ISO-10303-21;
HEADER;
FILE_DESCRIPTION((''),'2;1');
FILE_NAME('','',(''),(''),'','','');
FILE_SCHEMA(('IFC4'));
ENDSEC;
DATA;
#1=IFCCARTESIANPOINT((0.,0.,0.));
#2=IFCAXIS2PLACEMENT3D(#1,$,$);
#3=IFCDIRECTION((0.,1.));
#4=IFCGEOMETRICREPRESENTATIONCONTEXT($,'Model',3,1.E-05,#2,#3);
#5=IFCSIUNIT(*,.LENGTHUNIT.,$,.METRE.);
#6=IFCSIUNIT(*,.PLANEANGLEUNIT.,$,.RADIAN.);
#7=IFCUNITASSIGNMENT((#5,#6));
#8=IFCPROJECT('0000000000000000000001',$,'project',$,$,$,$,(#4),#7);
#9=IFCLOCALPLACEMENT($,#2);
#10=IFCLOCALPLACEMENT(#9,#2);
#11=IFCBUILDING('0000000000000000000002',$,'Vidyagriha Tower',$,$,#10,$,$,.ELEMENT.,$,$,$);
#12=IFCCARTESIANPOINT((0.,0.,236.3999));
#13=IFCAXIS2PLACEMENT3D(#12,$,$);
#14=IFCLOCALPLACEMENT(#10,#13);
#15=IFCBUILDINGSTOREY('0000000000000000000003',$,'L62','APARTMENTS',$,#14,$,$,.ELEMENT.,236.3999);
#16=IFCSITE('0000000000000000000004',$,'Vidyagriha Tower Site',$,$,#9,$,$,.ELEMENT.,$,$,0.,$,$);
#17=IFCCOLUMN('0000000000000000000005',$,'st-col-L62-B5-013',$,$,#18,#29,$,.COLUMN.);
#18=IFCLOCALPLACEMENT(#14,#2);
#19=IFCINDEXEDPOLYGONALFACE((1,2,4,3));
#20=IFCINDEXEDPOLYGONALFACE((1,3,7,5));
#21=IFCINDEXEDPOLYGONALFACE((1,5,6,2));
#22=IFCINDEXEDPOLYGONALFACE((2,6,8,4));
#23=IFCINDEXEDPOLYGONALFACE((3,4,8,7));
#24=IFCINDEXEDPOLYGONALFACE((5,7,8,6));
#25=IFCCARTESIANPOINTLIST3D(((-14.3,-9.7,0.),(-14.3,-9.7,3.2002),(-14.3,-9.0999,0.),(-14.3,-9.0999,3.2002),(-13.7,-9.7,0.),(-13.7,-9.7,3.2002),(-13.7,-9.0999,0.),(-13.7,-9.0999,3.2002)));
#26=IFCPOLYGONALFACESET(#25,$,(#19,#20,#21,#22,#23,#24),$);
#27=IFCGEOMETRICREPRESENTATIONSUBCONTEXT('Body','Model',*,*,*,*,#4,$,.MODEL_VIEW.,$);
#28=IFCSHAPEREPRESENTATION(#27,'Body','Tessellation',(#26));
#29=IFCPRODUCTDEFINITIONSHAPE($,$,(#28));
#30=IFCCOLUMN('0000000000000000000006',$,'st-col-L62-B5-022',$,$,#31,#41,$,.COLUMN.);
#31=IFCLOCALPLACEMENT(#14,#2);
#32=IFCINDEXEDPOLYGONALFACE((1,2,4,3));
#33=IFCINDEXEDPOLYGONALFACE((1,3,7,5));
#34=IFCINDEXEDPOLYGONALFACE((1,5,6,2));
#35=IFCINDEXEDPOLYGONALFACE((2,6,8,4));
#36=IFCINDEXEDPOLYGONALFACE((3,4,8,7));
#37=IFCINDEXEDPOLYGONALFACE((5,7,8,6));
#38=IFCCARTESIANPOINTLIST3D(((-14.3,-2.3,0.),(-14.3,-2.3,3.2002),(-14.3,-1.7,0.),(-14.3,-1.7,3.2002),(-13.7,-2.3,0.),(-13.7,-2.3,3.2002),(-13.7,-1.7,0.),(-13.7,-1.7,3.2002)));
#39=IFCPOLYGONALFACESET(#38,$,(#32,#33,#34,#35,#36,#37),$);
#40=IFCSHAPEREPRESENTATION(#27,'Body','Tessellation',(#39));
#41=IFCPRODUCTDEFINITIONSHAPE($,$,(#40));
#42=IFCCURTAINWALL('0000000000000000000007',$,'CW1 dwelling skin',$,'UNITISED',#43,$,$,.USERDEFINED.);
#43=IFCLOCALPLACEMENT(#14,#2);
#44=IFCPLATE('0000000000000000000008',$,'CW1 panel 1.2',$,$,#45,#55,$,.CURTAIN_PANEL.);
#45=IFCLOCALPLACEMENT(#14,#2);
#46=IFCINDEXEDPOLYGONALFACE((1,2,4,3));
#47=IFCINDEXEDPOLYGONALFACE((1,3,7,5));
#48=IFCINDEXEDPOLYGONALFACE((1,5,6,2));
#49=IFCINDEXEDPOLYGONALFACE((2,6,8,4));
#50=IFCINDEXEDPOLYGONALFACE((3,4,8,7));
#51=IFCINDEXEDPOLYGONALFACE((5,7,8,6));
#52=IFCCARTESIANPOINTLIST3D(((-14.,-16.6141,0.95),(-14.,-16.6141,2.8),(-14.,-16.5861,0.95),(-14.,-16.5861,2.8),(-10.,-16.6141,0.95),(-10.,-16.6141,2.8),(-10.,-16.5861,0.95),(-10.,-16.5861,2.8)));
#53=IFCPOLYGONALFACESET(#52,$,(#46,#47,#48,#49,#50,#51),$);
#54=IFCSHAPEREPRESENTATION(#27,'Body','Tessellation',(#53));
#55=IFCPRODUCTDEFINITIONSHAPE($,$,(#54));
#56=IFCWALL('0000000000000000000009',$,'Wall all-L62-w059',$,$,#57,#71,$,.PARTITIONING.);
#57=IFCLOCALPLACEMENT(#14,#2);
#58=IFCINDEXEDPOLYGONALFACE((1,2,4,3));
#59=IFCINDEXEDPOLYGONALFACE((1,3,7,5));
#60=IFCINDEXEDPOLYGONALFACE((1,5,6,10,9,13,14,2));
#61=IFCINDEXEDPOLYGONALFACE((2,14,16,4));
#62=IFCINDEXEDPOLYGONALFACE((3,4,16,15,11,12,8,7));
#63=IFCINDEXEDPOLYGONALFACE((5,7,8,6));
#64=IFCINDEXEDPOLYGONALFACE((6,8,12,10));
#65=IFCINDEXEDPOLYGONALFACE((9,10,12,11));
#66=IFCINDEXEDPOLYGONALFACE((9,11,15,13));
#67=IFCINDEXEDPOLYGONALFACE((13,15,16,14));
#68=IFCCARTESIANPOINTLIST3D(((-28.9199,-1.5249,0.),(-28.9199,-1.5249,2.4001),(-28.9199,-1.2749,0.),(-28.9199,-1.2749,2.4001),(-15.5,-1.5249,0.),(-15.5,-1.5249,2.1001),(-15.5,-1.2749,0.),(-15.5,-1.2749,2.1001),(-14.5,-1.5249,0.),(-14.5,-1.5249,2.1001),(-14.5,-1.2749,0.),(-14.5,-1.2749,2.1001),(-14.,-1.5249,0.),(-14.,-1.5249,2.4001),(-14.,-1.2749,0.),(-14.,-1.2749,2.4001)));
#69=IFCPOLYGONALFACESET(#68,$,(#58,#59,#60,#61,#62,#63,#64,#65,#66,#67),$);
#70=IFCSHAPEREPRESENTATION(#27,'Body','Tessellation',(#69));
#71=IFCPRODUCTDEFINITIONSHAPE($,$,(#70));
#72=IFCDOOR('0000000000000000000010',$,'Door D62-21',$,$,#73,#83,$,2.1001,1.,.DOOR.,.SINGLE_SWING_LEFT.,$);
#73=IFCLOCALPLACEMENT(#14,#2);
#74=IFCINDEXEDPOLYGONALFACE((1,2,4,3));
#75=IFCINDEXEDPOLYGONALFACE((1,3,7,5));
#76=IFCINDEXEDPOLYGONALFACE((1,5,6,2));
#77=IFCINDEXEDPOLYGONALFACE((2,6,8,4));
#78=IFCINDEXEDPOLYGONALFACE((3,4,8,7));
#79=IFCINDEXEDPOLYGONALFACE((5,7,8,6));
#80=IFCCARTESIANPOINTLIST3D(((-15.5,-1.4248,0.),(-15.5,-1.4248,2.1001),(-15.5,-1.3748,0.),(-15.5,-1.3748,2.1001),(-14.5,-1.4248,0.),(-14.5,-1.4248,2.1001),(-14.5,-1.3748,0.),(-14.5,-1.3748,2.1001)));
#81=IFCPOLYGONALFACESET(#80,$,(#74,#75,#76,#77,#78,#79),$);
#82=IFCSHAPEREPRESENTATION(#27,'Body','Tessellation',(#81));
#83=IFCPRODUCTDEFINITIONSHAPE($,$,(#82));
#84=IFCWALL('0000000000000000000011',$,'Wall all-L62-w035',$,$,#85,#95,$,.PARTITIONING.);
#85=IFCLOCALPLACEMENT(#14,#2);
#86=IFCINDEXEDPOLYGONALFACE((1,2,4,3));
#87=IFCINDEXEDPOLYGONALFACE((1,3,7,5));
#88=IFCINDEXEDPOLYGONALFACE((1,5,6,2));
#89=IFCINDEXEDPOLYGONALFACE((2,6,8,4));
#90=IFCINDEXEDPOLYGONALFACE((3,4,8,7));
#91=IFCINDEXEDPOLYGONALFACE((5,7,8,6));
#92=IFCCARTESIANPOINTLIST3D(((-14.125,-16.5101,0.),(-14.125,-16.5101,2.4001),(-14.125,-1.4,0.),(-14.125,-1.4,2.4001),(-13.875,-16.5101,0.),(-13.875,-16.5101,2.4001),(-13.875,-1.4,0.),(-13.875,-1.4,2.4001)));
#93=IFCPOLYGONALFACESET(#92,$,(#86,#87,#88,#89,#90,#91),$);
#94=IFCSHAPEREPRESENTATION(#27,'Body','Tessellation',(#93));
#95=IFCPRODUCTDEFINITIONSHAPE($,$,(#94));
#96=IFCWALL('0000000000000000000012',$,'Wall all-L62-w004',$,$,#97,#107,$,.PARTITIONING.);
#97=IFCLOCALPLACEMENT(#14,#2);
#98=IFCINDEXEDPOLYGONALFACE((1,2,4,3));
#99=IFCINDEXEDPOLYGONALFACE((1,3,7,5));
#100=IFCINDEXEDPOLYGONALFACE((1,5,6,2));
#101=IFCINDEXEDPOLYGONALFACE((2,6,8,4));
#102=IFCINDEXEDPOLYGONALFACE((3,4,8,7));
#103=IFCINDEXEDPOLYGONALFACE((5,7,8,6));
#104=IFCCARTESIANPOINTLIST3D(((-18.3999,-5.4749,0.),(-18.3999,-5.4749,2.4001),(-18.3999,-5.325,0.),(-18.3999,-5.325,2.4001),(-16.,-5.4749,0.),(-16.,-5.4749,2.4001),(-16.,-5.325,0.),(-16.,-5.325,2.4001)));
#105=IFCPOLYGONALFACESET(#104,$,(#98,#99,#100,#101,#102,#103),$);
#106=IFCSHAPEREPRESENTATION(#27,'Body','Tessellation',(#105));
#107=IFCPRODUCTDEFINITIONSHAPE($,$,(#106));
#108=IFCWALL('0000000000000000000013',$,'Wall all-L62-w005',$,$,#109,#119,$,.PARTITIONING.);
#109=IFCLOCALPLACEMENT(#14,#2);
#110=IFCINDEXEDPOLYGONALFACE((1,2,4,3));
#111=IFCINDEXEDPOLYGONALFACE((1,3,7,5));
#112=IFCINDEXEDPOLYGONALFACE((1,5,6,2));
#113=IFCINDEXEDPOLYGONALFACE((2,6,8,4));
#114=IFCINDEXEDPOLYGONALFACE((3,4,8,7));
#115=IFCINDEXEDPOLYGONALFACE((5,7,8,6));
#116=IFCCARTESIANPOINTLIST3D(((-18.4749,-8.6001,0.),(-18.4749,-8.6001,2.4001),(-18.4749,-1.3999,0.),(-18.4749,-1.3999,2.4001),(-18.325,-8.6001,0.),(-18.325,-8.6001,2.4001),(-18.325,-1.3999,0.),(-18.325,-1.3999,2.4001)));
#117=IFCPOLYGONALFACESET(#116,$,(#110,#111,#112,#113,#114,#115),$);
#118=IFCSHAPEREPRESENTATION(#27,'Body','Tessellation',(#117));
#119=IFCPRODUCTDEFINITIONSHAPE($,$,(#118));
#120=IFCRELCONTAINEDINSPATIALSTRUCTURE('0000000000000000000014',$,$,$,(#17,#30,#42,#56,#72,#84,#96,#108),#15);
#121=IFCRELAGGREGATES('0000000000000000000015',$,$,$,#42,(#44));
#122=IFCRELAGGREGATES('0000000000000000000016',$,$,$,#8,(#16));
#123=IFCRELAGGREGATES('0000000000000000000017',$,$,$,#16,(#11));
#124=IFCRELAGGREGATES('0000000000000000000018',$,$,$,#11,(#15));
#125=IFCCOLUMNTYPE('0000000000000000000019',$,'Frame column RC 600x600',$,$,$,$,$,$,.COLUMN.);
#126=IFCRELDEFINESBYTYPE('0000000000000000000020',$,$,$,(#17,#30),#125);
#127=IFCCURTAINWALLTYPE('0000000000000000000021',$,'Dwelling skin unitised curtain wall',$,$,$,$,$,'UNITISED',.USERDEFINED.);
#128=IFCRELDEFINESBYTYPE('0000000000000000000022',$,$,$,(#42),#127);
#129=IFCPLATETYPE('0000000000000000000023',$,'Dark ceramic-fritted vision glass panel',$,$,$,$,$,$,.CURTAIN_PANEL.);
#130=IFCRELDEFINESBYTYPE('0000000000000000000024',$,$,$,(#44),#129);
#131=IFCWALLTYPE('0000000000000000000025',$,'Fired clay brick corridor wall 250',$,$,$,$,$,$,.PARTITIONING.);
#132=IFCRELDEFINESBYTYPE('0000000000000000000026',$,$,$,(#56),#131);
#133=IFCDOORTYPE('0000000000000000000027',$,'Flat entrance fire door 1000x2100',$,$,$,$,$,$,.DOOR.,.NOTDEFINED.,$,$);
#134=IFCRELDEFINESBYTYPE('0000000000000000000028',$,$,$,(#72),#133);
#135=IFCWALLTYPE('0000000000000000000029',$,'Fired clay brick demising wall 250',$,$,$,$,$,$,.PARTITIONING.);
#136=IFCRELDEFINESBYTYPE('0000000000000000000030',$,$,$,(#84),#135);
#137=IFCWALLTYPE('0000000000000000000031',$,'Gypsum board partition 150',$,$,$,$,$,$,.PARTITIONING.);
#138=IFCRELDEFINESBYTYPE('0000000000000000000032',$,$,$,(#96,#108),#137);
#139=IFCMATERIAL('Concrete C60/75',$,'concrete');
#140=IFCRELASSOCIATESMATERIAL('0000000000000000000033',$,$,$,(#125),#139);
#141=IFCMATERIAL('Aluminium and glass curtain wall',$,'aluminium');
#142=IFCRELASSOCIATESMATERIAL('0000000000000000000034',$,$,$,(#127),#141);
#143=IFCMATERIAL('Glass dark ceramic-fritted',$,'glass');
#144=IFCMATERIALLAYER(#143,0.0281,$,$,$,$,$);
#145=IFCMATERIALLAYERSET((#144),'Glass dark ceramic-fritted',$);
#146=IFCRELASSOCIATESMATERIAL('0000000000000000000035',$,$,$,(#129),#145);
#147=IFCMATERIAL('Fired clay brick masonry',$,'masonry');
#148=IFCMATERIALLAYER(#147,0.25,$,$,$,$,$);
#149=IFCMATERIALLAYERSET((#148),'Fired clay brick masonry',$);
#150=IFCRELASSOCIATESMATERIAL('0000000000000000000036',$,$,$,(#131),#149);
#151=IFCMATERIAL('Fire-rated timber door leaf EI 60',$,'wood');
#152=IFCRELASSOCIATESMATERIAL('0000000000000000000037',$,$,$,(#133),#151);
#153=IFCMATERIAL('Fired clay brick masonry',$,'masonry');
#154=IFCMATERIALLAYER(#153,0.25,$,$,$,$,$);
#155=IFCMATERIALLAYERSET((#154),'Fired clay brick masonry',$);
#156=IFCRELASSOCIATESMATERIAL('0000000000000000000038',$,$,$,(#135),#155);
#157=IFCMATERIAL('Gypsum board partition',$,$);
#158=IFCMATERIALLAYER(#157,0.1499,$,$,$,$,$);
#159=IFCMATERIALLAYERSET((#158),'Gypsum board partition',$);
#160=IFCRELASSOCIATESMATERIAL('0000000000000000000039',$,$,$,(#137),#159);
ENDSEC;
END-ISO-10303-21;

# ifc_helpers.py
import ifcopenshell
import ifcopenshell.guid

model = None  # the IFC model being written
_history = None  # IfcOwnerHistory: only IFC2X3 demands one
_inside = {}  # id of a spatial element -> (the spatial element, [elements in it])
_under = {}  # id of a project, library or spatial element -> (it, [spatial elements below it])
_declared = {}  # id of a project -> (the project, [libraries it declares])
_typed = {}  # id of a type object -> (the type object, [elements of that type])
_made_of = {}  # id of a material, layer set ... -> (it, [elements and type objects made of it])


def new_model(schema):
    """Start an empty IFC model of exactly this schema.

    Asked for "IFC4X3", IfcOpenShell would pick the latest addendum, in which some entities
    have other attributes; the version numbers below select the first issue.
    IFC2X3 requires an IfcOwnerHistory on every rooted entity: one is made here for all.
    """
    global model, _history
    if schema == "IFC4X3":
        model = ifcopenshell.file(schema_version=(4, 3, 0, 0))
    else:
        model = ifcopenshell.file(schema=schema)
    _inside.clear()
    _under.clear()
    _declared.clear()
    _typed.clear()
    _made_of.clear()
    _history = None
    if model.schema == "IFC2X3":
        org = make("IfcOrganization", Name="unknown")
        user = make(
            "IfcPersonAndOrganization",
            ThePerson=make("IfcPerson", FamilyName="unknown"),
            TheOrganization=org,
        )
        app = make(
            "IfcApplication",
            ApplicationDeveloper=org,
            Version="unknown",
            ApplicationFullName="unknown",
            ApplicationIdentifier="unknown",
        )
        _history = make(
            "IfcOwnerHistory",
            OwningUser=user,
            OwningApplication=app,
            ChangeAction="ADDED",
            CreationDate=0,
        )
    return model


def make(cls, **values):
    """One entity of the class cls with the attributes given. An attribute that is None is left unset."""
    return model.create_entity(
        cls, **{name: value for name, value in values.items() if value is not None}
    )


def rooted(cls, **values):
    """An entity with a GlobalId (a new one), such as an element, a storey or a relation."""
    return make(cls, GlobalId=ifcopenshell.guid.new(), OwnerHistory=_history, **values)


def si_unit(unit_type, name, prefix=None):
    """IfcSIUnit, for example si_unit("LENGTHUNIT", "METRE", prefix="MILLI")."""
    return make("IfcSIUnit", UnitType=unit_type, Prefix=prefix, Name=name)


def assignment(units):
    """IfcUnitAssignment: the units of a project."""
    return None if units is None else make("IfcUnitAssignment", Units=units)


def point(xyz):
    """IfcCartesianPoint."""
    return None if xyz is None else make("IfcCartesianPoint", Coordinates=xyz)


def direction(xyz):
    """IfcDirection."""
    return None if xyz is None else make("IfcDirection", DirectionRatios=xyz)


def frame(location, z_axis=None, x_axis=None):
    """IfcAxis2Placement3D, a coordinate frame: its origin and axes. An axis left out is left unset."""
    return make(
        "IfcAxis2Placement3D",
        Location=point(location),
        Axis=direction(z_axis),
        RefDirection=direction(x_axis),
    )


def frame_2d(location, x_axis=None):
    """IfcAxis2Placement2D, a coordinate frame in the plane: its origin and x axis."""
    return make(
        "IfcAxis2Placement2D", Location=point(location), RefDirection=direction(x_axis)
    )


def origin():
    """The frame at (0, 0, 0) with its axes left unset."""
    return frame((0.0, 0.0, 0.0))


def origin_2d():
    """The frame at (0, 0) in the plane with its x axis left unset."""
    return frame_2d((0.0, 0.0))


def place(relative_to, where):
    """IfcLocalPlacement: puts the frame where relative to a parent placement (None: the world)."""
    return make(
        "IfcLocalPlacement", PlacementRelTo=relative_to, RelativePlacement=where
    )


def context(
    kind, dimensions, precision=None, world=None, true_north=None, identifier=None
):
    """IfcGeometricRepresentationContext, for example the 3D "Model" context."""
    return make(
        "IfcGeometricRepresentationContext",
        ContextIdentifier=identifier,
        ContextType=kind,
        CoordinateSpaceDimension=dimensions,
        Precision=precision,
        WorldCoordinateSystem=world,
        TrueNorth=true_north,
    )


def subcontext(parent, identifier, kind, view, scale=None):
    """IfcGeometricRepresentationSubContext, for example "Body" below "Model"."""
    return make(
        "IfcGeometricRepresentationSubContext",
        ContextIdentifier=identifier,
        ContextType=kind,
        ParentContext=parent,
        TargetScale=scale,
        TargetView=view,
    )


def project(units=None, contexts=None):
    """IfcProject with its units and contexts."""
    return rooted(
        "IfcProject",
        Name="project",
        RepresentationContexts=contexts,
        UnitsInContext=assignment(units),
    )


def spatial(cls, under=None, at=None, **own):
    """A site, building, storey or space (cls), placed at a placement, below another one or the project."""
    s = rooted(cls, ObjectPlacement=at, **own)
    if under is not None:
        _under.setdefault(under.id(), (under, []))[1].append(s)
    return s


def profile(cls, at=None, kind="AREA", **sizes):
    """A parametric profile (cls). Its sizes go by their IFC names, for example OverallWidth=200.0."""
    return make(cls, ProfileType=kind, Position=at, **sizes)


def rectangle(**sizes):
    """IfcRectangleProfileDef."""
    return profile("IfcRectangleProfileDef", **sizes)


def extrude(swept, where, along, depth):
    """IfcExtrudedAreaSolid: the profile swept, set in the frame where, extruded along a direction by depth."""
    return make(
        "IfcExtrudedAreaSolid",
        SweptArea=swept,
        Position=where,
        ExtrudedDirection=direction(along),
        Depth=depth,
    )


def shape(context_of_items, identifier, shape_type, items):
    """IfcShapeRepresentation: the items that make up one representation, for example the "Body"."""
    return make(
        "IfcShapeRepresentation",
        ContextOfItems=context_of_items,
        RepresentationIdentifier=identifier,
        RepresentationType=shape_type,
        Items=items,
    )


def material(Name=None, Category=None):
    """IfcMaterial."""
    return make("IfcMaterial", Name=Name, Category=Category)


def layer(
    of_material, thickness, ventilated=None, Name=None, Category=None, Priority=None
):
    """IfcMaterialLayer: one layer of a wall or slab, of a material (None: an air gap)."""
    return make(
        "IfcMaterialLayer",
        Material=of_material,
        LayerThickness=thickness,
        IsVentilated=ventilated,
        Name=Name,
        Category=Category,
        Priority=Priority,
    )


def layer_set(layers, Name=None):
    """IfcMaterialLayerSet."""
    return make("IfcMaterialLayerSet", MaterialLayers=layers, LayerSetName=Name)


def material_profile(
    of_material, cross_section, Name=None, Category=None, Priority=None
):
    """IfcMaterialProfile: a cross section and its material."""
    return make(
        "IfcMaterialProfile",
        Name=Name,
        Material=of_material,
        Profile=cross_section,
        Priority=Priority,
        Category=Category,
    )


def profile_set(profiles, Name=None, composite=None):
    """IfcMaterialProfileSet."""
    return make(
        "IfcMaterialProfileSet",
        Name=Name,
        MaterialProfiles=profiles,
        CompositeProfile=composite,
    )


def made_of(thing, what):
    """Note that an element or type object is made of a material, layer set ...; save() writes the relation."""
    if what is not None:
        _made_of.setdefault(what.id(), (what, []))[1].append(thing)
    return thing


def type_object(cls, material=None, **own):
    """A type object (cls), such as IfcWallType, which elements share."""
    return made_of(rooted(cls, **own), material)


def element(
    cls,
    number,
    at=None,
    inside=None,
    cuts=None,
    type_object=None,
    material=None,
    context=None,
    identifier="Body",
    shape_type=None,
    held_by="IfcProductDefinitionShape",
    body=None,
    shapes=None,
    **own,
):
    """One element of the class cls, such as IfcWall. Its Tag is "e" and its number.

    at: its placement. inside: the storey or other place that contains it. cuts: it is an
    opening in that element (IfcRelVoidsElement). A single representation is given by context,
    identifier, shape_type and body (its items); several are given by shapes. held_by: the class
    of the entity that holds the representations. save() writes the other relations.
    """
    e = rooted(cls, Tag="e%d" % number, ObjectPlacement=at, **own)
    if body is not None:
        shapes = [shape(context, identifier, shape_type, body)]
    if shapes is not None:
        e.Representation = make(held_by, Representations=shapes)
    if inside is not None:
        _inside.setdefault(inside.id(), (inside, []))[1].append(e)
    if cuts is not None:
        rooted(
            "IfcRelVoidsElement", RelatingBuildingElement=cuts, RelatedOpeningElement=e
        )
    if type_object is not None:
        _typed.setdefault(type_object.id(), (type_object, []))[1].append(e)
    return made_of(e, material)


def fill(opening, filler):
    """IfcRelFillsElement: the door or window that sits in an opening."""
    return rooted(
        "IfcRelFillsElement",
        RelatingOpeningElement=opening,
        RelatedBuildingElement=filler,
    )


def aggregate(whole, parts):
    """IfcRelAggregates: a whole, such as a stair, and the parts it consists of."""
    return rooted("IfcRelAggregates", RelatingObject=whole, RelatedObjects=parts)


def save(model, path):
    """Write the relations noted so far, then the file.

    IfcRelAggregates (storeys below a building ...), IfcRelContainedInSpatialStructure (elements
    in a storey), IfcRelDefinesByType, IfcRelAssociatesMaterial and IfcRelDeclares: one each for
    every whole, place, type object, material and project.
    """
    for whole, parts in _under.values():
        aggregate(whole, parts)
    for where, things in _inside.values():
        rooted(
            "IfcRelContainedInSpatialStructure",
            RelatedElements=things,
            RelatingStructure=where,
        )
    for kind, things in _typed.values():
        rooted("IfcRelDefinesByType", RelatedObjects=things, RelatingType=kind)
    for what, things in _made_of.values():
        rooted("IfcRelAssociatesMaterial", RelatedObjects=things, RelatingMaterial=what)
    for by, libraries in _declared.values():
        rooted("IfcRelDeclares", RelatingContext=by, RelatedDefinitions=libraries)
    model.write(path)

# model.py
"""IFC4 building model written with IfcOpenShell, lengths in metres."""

from ifc_helpers import new_model, si_unit, direction, frame, frame_2d, origin, origin_2d, place, context, subcontext, project, spatial, rectangle, extrude, material, layer, layer_set, material_profile, profile_set, type_object, element, fill, aggregate, save


model = new_model("IFC4")

# Units and contexts
model_context = context("Model", 3, precision=1e-05, world=origin(), true_north=direction((0.0, 1.0)))
body_context = subcontext(model_context, "Body", "Model", "MODEL_VIEW")
ifc_project = project(units=[si_unit("LENGTHUNIT", "METRE"), si_unit("PLANEANGLEUNIT", "RADIAN")], contexts=[model_context])

# Site, building, storey
site_placement = place(None, origin())
site = spatial("IfcSite", under=ifc_project, at=site_placement, Name="Vidyagriha Tower Site", CompositionType="ELEMENT", RefElevation=0.0)
building_placement = place(site_placement, origin())
building = spatial("IfcBuilding", under=site, at=building_placement, Name="Vidyagriha Tower", CompositionType="ELEMENT")
storey_placement = place(building_placement, frame((0.0, 0.0, 236.3999)))
storey = spatial("IfcBuildingStorey", under=building, at=storey_placement, Name="L62", Description="APARTMENTS", CompositionType="ELEMENT", Elevation=236.3999)

# Columns
ifc_material_1 = material(Name="Concrete C60/75", Category="concrete")
ifc_material_profile = material_profile(ifc_material_1, rectangle(XDim=0.6001, YDim=0.6001, at=origin_2d()), Name="RC 600x600")
ifc_profile_set = profile_set([ifc_material_profile], Name="Concrete C60/75")
column_type = type_object("IfcColumnType", Name="Frame column RC 600x600", PredefinedType="COLUMN", material=ifc_profile_set)
for number, where, name in (
    (1, (-14.0, -9.3999, 0.0), "st-col-L62-B5-013"),
    (2, (-14.0, -2.0, 0.0), "st-col-L62-B5-022"),
):
    element("IfcColumn", number, at=place(storey_placement, frame(where)), inside=storey, type_object=column_type, Name=name, PredefinedType="COLUMN", context=body_context, shape_type="SweptSolid", body=[
        extrude(rectangle(XDim=0.6001, YDim=0.6001, at=origin_2d()), origin(), (0.0, 0.0, 1.0), 3.2002),
    ])

# Curtain wall, plate
ifc_material_2 = material(Name="Aluminium and glass curtain wall", Category="aluminium")
curtain_wall_type = type_object("IfcCurtainWallType", Name="Dwelling skin unitised curtain wall", ElementType="UNITISED", PredefinedType="USERDEFINED", material=ifc_material_2)
curtain_wall_placement = place(storey_placement, origin())
curtain_wall = element("IfcCurtainWall", 3, at=curtain_wall_placement, inside=storey, type_object=curtain_wall_type, Name="CW1 dwelling skin", ObjectType="UNITISED", PredefinedType="USERDEFINED")
ifc_material_3 = material(Name="Glass dark ceramic-fritted", Category="glass")
ifc_layer_1 = layer(ifc_material_3, 0.0281)
ifc_layer_set_1 = layer_set([ifc_layer_1], Name="Glass dark ceramic-fritted")
plate_type = type_object("IfcPlateType", Name="Dark ceramic-fritted vision glass panel", PredefinedType="CURTAIN_PANEL", material=ifc_layer_set_1)
plate_placement = place(storey_placement, frame((-12.0, -16.6001, 0.95)))
plate = element("IfcPlate", 4, at=plate_placement, type_object=plate_type, Name="CW1 panel 1.2", PredefinedType="CURTAIN_PANEL", context=body_context, shape_type="SweptSolid", body=[
    extrude(rectangle(XDim=4.0, YDim=0.0281, at=origin_2d()), origin(), (0.0, 0.0, 1.0), 1.8501),
])
aggregate(curtain_wall, [plate])

# Wall, opening, door
ifc_material_4 = material(Name="Fired clay brick masonry", Category="masonry")
ifc_layer_2 = layer(ifc_material_4, 0.25)
ifc_layer_set_2 = layer_set([ifc_layer_2], Name="Fired clay brick masonry")
wall_type_1 = type_object("IfcWallType", Name="Fired clay brick corridor wall 250", PredefinedType="PARTITIONING", material=ifc_layer_set_2)
wall_1_placement = place(storey_placement, frame((-14.0, -1.3999, 0.0), z_axis=(0.0, 0.0, 1.0), x_axis=(-1.0, 0.0, 0.0)))
wall_1 = element("IfcWall", 5, at=wall_1_placement, inside=storey, type_object=wall_type_1, Name="Wall all-L62-w059", PredefinedType="PARTITIONING", context=body_context, shape_type="SweptSolid", body=[
    extrude(rectangle(XDim=14.9199, YDim=0.25, at=frame_2d((7.46, 0.0))), origin(), (0.0, 0.0, 1.0), 2.4001),
])
opening_1_placement = place(wall_1_placement, frame((0.5, 0.0, 0.0)))
opening_1 = element("IfcOpeningElement", 6, at=opening_1_placement, cuts=wall_1, PredefinedType="OPENING", context=body_context, shape_type="SweptSolid", body=[
    extrude(rectangle(XDim=1.0, YDim=2.1001, at=frame_2d((0.5, 1.05))), frame((0.0, 0.135, 0.0), z_axis=(0.0, -1.0, 0.0), x_axis=(1.0, 0.0, 0.0)), (0.0, 0.0, 1.0), 0.27),
])
ifc_material_5 = material(Name="Fire-rated timber door leaf EI 60", Category="wood")
door_type_1 = type_object("IfcDoorType", Name="Flat entrance fire door 1000x2100", OperationType="NOTDEFINED", PredefinedType="DOOR", material=ifc_material_5)
door_1_placement = place(opening_1_placement, origin())
door_1 = element("IfcDoor", 7, at=door_1_placement, inside=storey, type_object=door_type_1, Name="Door D62-21", OperationType="SINGLE_SWING_LEFT", OverallHeight=2.1001, OverallWidth=1.0, PredefinedType="DOOR", context=body_context, shape_type="SweptSolid", body=[
    extrude(rectangle(XDim=1.0, YDim=2.1001, at=frame_2d((0.5, 1.05))), frame((0.0, 0.0249, 0.0), z_axis=(0.0, -1.0, 0.0), x_axis=(1.0, 0.0, 0.0)), (0.0, 0.0, 1.0), 0.05),
])
fill(opening_1, door_1)

# Walls
ifc_material_6 = material(Name="Fired clay brick masonry", Category="masonry")
ifc_layer_3 = layer(ifc_material_6, 0.25)
ifc_layer_set_3 = layer_set([ifc_layer_3], Name="Fired clay brick masonry")
wall_type_2 = type_object("IfcWallType", Name="Fired clay brick demising wall 250", PredefinedType="PARTITIONING", material=ifc_layer_set_3)
wall_2_placement = place(storey_placement, frame((-14.0, -1.3999, 0.0), z_axis=(0.0, 0.0, 1.0), x_axis=(0.0, -1.0, 0.0)))
element("IfcWall", 8, at=wall_2_placement, inside=storey, type_object=wall_type_2, Name="Wall all-L62-w035", PredefinedType="PARTITIONING", context=body_context, shape_type="SweptSolid", body=[
    extrude(rectangle(XDim=15.1101, YDim=0.25, at=frame_2d((7.5552, 0.0))), origin(), (0.0, 0.0, 1.0), 2.4001),
])
ifc_material_7 = material(Name="Gypsum board partition")
ifc_layer_4 = layer(ifc_material_7, 0.1499)
ifc_layer_set_4 = layer_set([ifc_layer_4], Name="Gypsum board partition")
wall_type_3 = type_object("IfcWallType", Name="Gypsum board partition 150", PredefinedType="PARTITIONING", material=ifc_layer_set_4)
wall_3_placement = place(storey_placement, frame((-16.0, -5.3999, 0.0), z_axis=(0.0, 0.0, 1.0), x_axis=(-1.0, 0.0, 0.0)))
element("IfcWall", 9, at=wall_3_placement, inside=storey, type_object=wall_type_3, Name="Wall all-L62-w004", PredefinedType="PARTITIONING", context=body_context, shape_type="SweptSolid", body=[
    extrude(rectangle(XDim=2.3999, YDim=0.1499, at=frame_2d((1.2, 0.0))), origin(), (0.0, 0.0, 1.0), 2.4001),
])
wall_4_placement = place(storey_placement, frame((-18.3999, -8.6001, 0.0), z_axis=(0.0, 0.0, 1.0), x_axis=(0.0, 1.0, 0.0)))
element("IfcWall", 10, at=wall_4_placement, inside=storey, type_object=wall_type_3, Name="Wall all-L62-w005", PredefinedType="PARTITIONING", context=body_context, shape_type="SweptSolid", body=[
    extrude(rectangle(XDim=7.2002, YDim=0.1499, at=frame_2d((3.6001, 0.0))), origin(), (0.0, 0.0, 1.0), 2.4001),
])

save(model, "model.ifc")
